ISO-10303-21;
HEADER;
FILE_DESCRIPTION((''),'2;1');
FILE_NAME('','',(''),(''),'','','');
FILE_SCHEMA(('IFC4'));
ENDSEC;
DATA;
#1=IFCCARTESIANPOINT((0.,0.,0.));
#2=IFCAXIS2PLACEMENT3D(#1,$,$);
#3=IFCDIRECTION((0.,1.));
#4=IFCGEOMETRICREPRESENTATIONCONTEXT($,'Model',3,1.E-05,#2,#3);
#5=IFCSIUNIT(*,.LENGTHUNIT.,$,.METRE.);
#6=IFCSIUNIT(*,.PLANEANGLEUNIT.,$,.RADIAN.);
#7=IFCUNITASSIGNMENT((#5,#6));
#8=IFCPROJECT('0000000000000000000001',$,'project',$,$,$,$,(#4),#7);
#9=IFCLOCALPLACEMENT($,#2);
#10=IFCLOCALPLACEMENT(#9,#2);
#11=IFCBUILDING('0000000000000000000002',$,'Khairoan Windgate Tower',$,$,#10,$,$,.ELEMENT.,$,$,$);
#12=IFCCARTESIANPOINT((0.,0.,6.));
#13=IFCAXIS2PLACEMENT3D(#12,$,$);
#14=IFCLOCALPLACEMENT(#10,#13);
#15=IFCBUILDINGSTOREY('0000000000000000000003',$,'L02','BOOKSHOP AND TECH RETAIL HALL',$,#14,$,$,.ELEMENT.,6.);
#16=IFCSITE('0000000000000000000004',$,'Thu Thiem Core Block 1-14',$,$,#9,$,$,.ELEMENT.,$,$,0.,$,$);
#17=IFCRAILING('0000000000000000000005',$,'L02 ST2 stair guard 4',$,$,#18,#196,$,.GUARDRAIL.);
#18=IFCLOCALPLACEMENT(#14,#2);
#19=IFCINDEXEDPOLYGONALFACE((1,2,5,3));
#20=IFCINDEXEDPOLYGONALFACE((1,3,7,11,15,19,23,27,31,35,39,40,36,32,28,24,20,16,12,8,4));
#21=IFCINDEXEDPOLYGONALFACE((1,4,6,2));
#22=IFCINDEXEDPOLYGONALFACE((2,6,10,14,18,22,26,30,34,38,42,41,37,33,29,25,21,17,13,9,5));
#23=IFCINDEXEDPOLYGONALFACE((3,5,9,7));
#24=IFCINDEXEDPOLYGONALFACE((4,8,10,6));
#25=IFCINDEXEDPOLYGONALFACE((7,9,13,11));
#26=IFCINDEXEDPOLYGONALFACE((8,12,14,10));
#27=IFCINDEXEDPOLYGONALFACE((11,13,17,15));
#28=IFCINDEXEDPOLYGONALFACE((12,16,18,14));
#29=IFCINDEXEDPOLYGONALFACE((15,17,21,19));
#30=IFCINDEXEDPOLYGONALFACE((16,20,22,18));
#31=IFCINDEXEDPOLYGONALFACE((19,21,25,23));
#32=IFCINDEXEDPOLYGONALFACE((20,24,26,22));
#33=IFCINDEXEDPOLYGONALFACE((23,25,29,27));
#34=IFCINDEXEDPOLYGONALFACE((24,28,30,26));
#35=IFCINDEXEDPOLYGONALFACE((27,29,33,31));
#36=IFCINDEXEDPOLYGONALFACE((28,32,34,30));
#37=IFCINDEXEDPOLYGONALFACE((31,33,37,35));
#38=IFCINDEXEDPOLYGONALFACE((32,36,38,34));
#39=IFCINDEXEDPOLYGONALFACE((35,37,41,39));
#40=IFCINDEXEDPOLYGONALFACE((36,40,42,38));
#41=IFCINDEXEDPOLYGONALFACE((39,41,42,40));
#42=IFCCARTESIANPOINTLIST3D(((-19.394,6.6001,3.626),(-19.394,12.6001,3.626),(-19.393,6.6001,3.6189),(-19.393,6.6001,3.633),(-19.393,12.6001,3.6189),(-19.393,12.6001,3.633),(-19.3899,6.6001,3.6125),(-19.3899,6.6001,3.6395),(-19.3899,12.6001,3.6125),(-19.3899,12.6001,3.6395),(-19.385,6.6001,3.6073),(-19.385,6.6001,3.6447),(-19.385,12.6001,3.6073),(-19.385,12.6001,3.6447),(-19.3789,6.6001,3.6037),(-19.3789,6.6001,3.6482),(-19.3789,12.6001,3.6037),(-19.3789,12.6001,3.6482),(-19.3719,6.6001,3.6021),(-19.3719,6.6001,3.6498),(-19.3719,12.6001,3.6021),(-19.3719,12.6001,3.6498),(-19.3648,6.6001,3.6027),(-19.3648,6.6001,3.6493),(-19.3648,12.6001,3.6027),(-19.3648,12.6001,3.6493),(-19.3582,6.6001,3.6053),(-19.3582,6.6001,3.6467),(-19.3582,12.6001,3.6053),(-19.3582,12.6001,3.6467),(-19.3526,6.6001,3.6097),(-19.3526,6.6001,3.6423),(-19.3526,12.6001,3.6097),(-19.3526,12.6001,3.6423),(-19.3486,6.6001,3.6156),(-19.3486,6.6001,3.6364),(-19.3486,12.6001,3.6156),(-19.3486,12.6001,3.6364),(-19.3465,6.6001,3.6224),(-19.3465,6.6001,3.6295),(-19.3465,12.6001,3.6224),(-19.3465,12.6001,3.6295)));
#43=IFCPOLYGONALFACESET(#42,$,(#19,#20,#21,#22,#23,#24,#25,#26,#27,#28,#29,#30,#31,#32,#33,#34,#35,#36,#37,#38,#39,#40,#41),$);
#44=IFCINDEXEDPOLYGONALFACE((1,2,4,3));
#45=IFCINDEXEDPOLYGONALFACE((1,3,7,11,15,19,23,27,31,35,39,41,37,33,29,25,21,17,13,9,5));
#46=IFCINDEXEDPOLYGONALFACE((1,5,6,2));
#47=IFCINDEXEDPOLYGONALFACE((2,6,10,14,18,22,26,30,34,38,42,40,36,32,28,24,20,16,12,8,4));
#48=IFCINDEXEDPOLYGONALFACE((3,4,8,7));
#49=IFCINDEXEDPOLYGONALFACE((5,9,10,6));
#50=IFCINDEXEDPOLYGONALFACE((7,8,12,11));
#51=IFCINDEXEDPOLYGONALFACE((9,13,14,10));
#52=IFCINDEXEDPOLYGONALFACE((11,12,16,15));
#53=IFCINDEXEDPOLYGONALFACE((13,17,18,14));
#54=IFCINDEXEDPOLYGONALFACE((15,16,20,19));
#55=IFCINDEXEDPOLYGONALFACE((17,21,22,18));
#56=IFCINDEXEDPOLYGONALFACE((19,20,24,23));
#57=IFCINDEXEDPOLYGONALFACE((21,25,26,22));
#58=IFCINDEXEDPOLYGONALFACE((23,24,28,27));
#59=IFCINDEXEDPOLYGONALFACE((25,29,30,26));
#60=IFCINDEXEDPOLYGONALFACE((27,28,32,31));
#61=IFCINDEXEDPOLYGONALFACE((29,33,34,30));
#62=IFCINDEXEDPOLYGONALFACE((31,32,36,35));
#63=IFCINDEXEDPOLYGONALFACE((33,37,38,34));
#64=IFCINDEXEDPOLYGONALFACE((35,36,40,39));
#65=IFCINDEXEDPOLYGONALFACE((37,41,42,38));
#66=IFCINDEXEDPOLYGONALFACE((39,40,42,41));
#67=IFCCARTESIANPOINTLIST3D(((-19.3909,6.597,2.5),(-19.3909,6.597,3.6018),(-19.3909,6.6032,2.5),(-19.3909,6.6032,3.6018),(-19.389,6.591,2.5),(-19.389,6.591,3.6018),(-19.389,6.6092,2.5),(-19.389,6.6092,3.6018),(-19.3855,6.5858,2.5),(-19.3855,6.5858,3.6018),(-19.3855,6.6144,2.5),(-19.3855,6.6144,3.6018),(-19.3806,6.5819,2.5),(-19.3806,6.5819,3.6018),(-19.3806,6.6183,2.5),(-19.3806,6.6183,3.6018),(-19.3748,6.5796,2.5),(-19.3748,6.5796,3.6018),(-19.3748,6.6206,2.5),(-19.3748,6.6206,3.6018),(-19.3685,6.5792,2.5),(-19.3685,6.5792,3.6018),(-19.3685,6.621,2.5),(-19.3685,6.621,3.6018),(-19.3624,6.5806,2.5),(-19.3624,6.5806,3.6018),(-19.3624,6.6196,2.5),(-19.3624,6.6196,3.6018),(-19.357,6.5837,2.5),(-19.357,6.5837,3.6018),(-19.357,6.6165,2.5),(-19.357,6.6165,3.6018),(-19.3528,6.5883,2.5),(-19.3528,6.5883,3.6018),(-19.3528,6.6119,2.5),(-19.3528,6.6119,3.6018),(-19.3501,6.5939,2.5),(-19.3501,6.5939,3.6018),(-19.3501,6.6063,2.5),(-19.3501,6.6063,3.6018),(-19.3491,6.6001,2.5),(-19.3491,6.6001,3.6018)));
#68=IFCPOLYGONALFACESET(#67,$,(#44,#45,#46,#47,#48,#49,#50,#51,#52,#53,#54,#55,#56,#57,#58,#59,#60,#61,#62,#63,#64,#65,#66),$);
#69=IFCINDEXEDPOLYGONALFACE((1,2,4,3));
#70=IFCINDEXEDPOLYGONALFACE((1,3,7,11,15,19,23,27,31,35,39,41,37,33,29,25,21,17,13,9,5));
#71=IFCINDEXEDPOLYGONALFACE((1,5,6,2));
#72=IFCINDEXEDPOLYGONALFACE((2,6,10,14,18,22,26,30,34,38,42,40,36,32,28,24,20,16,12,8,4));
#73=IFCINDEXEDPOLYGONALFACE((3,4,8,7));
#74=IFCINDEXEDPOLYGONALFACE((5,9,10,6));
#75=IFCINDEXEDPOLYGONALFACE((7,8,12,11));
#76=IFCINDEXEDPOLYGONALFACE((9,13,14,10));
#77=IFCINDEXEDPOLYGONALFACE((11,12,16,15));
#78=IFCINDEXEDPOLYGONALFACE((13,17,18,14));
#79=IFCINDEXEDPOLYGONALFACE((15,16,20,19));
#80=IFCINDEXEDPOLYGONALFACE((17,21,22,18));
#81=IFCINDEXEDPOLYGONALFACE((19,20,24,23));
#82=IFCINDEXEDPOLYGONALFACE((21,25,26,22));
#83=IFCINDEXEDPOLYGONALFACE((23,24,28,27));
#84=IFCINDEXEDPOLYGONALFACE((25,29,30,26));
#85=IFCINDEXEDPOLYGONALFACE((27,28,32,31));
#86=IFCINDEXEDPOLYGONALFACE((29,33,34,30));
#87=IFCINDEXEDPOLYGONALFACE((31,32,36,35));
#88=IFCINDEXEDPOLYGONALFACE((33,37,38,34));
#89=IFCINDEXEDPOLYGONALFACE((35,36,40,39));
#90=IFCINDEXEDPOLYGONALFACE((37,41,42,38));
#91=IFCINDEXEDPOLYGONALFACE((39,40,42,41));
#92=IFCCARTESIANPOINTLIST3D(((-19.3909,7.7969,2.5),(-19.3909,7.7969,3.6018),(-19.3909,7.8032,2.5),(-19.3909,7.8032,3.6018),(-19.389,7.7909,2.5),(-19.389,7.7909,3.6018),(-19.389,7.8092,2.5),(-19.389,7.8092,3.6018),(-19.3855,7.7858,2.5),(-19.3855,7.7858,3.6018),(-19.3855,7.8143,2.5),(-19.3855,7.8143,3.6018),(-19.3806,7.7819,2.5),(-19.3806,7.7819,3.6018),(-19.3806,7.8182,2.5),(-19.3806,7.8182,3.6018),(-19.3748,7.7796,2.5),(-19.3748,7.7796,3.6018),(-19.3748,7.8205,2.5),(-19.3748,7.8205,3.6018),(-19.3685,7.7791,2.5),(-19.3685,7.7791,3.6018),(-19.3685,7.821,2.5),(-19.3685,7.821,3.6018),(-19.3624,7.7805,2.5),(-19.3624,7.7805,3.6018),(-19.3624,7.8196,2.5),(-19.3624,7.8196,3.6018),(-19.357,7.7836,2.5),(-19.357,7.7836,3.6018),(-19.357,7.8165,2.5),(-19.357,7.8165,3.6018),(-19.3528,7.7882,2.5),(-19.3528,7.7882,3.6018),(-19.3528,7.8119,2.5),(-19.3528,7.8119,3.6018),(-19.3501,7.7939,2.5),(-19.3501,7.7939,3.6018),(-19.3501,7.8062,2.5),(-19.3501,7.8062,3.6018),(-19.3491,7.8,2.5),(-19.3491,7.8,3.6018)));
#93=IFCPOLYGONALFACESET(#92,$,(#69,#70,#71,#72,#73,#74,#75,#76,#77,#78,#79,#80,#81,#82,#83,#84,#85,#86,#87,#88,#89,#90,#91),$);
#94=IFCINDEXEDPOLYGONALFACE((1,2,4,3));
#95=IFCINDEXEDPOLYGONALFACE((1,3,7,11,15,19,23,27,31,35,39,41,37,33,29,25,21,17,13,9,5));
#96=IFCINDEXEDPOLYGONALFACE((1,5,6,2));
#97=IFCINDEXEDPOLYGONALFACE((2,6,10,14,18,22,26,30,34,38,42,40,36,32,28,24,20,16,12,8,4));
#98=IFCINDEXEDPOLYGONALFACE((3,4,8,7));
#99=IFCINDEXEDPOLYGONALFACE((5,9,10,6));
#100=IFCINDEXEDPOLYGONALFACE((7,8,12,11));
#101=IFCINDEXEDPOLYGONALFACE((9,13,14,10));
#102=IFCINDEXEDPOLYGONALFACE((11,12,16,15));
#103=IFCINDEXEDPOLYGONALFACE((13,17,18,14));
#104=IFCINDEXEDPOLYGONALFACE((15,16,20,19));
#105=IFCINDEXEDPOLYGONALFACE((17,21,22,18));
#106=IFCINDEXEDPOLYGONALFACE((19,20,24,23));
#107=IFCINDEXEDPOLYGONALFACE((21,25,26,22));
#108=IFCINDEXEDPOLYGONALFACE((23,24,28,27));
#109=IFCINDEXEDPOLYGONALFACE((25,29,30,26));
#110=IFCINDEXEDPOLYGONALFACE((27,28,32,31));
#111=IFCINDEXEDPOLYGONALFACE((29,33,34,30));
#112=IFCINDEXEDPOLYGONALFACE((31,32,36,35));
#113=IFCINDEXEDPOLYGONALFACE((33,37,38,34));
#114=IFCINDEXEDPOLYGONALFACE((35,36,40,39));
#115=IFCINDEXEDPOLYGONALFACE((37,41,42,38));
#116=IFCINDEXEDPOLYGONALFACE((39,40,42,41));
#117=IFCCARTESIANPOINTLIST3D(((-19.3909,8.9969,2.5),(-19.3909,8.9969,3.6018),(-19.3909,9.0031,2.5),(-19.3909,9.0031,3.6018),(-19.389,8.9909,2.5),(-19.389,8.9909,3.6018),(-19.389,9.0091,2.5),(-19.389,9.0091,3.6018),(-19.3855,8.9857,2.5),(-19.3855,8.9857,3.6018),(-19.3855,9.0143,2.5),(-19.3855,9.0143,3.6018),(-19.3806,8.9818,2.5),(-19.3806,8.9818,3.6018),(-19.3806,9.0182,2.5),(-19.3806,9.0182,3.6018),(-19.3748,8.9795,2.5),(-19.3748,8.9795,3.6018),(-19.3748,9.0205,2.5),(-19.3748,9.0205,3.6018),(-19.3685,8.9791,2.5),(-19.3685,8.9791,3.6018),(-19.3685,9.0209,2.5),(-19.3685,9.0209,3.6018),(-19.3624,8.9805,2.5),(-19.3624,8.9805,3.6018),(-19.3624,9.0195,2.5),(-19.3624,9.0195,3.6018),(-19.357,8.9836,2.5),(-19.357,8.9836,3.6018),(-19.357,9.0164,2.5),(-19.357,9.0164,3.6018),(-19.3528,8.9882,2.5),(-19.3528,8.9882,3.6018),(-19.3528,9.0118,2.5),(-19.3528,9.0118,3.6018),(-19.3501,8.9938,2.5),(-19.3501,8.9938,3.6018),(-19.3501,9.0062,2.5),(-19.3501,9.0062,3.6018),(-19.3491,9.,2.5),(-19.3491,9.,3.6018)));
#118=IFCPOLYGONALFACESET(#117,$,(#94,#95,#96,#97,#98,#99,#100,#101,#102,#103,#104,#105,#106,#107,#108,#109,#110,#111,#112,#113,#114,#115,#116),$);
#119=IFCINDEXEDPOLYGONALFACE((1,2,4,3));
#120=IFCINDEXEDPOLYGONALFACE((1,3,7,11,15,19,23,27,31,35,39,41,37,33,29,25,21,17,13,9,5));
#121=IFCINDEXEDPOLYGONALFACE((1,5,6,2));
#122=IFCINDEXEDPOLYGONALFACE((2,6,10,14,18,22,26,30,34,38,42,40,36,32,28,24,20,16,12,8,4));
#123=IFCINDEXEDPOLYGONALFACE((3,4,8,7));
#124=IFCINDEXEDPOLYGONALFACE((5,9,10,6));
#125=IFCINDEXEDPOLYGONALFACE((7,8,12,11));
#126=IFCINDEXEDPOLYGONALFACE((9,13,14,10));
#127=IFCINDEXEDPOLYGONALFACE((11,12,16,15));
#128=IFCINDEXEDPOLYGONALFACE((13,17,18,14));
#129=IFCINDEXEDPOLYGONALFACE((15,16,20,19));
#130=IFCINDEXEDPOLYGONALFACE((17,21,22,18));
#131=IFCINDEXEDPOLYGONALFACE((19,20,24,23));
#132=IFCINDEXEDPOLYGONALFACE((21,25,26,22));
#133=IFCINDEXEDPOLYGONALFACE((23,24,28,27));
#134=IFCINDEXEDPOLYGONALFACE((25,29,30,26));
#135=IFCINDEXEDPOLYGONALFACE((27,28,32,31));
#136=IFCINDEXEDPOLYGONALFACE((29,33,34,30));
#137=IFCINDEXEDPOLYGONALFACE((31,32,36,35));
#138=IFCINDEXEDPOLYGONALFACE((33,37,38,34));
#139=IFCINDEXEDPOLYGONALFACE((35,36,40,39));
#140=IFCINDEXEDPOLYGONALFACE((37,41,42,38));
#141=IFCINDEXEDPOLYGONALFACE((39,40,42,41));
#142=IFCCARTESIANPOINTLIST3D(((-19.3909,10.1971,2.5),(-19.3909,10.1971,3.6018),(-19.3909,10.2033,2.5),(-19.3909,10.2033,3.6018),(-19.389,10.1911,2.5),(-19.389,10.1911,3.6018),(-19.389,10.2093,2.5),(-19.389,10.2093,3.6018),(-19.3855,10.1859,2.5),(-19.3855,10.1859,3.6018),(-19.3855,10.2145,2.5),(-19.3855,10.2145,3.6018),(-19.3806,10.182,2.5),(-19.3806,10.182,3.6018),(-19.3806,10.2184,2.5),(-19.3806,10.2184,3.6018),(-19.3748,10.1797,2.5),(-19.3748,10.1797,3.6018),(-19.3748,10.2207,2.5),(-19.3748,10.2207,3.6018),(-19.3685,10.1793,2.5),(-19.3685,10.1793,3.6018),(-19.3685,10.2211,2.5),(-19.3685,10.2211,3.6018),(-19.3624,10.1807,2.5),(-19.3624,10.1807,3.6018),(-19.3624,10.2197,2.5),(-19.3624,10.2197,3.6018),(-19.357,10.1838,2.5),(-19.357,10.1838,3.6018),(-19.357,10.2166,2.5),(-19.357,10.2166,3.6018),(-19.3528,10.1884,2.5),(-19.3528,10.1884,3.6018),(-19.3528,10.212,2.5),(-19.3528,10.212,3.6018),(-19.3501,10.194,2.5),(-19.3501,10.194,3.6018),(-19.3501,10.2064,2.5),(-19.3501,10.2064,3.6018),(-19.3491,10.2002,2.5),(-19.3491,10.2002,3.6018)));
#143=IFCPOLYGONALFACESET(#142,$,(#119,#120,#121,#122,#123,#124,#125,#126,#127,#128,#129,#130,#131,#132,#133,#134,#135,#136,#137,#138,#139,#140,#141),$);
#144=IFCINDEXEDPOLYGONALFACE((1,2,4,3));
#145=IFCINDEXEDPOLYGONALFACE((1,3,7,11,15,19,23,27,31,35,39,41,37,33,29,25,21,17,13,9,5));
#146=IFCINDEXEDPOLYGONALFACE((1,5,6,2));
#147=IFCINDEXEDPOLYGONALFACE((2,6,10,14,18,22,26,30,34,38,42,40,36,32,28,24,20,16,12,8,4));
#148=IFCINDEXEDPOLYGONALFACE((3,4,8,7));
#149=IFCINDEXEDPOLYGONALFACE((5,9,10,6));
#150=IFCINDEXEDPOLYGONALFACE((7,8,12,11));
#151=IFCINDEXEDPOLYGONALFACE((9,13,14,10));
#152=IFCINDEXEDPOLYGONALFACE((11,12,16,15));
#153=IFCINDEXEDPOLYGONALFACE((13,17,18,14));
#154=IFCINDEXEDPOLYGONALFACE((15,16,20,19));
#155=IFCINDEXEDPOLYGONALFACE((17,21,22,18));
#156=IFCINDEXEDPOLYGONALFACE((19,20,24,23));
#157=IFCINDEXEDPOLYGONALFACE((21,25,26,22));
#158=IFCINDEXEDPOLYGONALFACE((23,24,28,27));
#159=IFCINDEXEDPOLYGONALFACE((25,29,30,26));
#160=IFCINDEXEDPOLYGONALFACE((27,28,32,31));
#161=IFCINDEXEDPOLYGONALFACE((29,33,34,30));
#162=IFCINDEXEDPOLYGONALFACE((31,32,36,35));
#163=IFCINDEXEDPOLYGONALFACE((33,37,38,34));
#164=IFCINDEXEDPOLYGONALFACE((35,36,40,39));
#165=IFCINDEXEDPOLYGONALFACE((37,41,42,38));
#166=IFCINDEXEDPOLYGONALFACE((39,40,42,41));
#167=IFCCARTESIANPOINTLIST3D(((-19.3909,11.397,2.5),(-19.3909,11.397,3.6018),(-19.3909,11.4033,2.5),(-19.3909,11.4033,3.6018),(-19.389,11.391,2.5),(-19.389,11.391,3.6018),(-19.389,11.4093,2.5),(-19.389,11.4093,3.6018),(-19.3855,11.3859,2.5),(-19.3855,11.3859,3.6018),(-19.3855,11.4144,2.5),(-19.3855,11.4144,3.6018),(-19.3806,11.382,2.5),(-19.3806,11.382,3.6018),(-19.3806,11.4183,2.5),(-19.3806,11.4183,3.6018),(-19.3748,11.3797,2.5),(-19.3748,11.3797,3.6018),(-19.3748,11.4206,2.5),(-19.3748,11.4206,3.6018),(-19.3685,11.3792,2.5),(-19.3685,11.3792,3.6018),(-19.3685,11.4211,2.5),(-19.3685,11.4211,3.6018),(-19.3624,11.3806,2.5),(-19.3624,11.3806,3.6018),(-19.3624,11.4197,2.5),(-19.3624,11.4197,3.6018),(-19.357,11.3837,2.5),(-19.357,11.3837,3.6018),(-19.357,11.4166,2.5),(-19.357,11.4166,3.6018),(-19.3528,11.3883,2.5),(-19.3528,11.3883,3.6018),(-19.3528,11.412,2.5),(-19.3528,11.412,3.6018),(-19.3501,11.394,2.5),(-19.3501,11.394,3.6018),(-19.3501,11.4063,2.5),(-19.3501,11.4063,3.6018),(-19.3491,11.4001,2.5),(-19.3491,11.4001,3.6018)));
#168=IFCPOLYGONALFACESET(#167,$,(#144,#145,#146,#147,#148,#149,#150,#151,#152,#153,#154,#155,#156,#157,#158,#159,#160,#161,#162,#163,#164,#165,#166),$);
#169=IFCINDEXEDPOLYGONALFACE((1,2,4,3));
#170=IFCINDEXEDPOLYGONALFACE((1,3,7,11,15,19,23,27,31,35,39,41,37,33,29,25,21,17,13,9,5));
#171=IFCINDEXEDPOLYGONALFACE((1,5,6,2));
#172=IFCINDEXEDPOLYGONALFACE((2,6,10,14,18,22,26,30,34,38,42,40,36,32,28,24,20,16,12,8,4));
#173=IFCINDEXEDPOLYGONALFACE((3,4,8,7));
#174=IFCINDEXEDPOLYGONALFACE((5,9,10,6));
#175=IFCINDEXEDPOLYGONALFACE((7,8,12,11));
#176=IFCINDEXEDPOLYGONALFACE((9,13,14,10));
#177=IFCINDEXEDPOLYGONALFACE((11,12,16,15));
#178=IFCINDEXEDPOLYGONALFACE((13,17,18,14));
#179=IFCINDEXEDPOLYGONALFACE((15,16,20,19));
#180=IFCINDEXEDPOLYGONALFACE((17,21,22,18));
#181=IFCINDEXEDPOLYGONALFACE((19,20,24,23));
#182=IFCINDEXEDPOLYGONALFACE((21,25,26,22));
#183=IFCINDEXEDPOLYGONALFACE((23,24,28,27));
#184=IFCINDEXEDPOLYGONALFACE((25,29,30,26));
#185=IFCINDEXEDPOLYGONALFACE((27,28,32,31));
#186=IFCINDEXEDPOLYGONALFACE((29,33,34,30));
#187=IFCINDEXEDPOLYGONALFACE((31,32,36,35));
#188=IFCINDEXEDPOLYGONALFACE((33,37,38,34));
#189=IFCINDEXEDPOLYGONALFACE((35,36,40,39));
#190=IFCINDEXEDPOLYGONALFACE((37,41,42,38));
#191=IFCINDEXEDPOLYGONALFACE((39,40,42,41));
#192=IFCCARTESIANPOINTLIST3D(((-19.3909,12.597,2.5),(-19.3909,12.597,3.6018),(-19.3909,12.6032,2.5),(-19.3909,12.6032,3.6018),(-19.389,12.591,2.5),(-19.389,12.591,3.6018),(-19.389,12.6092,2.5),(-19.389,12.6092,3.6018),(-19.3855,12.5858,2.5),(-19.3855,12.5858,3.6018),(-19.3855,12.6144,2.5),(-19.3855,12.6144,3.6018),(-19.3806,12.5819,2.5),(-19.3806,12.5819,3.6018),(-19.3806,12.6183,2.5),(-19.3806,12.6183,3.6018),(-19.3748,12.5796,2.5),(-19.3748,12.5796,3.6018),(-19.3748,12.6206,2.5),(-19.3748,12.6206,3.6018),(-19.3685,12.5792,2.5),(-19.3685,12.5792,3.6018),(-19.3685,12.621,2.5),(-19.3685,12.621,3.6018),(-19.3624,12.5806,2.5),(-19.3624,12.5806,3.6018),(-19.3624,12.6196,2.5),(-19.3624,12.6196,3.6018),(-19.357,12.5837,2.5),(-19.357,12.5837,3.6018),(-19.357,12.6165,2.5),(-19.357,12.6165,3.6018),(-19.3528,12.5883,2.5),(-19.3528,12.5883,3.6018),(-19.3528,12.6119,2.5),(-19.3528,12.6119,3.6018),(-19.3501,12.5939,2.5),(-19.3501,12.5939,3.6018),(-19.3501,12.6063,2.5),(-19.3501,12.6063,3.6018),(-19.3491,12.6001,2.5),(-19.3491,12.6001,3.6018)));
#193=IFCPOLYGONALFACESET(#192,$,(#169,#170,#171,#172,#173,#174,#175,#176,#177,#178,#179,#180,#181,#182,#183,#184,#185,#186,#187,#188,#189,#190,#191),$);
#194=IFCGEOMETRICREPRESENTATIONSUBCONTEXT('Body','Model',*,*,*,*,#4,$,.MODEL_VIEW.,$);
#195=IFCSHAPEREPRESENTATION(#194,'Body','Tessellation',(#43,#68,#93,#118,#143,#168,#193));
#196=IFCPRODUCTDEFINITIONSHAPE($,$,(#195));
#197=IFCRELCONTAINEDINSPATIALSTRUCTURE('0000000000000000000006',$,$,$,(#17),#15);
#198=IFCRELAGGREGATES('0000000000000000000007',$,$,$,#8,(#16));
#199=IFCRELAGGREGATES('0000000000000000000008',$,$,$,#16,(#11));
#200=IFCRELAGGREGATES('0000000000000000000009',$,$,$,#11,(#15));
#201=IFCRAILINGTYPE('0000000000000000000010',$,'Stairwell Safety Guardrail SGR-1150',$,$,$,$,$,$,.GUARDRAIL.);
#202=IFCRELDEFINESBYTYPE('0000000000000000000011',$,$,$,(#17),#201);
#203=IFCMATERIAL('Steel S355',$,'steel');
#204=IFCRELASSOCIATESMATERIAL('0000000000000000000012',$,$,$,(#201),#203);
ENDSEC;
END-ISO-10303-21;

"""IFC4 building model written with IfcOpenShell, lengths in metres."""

from ifc_helpers import new_model, si_unit, direction, frame, origin, origin_2d, place, context, subcontext, project, spatial, circle, extrude, material, type_object, element, save


model = new_model("IFC4")

# Units and contexts
model_context = context("Model", 3, precision=1e-05, world=origin(), true_north=direction((0.0, 1.0)))
body_context = subcontext(model_context, "Body", "Model", "MODEL_VIEW")
ifc_project = project(units=[si_unit("LENGTHUNIT", "METRE"), si_unit("PLANEANGLEUNIT", "RADIAN")], contexts=[model_context])

# Site, building, storey
site_placement = place(None, origin())
site = spatial("IfcSite", under=ifc_project, at=site_placement, Name="Thu Thiem Core Block 1-14", CompositionType="ELEMENT", RefElevation=0.0)
building_placement = place(site_placement, origin())
building = spatial("IfcBuilding", under=site, at=building_placement, Name="Khairoan Windgate Tower", CompositionType="ELEMENT")
storey_placement = place(building_placement, frame((0.0, 0.0, 6.0)))
storey = spatial("IfcBuildingStorey", under=building, at=storey_placement, Name="L02", Description="BOOKSHOP AND TECH RETAIL HALL", CompositionType="ELEMENT", Elevation=6.0)

# Railing
ifc_material_1 = material(Name="Steel S355", Category="steel")
railing_type_1 = type_object("IfcRailingType", Name="Stairwell Safety Guardrail SGR-1150", PredefinedType="GUARDRAIL", material=ifc_material_1)
for number, where, name in (
    (1, (-19.3701, 6.6001, 2.5), "L02 ST2 stair guard 4"),
):
    element("IfcRailing", number, at=place(storey_placement, frame(where)), inside=storey, type_object=railing_type_1, Name=name, PredefinedType="GUARDRAIL", context=body_context, shape_type="SweptSolid", body=[
        extrude(circle(Radius=0.0239, at=origin_2d()), frame((0.0, 0.0, 1.126), z_axis=(0.0, 1.0, 0.0), x_axis=(-1.0, 0.0, 0.0)), (0.0, 0.0, 1.0), 6.0),
        extrude(circle(Radius=0.021, at=origin_2d()), origin(), (0.0, 0.0, 1.0), 1.1018),
        extrude(circle(Radius=0.021, at=origin_2d()), frame((0.0, 1.2, 0.0)), (0.0, 0.0, 1.0), 1.1018),
        extrude(circle(Radius=0.021, at=origin_2d()), frame((0.0, 2.3999, 0.0)), (0.0, 0.0, 1.0), 1.1018),
        extrude(circle(Radius=0.021, at=origin_2d()), frame((0.0, 3.6001, 0.0)), (0.0, 0.0, 1.0), 1.1018),
        extrude(circle(Radius=0.021, at=origin_2d()), frame((0.0, 4.8, 0.0)), (0.0, 0.0, 1.0), 1.1018),
        extrude(circle(Radius=0.021, at=origin_2d()), frame((0.0, 6.0, 0.0)), (0.0, 0.0, 1.0), 1.1018),
    ])

save(model, "model.ifc")
